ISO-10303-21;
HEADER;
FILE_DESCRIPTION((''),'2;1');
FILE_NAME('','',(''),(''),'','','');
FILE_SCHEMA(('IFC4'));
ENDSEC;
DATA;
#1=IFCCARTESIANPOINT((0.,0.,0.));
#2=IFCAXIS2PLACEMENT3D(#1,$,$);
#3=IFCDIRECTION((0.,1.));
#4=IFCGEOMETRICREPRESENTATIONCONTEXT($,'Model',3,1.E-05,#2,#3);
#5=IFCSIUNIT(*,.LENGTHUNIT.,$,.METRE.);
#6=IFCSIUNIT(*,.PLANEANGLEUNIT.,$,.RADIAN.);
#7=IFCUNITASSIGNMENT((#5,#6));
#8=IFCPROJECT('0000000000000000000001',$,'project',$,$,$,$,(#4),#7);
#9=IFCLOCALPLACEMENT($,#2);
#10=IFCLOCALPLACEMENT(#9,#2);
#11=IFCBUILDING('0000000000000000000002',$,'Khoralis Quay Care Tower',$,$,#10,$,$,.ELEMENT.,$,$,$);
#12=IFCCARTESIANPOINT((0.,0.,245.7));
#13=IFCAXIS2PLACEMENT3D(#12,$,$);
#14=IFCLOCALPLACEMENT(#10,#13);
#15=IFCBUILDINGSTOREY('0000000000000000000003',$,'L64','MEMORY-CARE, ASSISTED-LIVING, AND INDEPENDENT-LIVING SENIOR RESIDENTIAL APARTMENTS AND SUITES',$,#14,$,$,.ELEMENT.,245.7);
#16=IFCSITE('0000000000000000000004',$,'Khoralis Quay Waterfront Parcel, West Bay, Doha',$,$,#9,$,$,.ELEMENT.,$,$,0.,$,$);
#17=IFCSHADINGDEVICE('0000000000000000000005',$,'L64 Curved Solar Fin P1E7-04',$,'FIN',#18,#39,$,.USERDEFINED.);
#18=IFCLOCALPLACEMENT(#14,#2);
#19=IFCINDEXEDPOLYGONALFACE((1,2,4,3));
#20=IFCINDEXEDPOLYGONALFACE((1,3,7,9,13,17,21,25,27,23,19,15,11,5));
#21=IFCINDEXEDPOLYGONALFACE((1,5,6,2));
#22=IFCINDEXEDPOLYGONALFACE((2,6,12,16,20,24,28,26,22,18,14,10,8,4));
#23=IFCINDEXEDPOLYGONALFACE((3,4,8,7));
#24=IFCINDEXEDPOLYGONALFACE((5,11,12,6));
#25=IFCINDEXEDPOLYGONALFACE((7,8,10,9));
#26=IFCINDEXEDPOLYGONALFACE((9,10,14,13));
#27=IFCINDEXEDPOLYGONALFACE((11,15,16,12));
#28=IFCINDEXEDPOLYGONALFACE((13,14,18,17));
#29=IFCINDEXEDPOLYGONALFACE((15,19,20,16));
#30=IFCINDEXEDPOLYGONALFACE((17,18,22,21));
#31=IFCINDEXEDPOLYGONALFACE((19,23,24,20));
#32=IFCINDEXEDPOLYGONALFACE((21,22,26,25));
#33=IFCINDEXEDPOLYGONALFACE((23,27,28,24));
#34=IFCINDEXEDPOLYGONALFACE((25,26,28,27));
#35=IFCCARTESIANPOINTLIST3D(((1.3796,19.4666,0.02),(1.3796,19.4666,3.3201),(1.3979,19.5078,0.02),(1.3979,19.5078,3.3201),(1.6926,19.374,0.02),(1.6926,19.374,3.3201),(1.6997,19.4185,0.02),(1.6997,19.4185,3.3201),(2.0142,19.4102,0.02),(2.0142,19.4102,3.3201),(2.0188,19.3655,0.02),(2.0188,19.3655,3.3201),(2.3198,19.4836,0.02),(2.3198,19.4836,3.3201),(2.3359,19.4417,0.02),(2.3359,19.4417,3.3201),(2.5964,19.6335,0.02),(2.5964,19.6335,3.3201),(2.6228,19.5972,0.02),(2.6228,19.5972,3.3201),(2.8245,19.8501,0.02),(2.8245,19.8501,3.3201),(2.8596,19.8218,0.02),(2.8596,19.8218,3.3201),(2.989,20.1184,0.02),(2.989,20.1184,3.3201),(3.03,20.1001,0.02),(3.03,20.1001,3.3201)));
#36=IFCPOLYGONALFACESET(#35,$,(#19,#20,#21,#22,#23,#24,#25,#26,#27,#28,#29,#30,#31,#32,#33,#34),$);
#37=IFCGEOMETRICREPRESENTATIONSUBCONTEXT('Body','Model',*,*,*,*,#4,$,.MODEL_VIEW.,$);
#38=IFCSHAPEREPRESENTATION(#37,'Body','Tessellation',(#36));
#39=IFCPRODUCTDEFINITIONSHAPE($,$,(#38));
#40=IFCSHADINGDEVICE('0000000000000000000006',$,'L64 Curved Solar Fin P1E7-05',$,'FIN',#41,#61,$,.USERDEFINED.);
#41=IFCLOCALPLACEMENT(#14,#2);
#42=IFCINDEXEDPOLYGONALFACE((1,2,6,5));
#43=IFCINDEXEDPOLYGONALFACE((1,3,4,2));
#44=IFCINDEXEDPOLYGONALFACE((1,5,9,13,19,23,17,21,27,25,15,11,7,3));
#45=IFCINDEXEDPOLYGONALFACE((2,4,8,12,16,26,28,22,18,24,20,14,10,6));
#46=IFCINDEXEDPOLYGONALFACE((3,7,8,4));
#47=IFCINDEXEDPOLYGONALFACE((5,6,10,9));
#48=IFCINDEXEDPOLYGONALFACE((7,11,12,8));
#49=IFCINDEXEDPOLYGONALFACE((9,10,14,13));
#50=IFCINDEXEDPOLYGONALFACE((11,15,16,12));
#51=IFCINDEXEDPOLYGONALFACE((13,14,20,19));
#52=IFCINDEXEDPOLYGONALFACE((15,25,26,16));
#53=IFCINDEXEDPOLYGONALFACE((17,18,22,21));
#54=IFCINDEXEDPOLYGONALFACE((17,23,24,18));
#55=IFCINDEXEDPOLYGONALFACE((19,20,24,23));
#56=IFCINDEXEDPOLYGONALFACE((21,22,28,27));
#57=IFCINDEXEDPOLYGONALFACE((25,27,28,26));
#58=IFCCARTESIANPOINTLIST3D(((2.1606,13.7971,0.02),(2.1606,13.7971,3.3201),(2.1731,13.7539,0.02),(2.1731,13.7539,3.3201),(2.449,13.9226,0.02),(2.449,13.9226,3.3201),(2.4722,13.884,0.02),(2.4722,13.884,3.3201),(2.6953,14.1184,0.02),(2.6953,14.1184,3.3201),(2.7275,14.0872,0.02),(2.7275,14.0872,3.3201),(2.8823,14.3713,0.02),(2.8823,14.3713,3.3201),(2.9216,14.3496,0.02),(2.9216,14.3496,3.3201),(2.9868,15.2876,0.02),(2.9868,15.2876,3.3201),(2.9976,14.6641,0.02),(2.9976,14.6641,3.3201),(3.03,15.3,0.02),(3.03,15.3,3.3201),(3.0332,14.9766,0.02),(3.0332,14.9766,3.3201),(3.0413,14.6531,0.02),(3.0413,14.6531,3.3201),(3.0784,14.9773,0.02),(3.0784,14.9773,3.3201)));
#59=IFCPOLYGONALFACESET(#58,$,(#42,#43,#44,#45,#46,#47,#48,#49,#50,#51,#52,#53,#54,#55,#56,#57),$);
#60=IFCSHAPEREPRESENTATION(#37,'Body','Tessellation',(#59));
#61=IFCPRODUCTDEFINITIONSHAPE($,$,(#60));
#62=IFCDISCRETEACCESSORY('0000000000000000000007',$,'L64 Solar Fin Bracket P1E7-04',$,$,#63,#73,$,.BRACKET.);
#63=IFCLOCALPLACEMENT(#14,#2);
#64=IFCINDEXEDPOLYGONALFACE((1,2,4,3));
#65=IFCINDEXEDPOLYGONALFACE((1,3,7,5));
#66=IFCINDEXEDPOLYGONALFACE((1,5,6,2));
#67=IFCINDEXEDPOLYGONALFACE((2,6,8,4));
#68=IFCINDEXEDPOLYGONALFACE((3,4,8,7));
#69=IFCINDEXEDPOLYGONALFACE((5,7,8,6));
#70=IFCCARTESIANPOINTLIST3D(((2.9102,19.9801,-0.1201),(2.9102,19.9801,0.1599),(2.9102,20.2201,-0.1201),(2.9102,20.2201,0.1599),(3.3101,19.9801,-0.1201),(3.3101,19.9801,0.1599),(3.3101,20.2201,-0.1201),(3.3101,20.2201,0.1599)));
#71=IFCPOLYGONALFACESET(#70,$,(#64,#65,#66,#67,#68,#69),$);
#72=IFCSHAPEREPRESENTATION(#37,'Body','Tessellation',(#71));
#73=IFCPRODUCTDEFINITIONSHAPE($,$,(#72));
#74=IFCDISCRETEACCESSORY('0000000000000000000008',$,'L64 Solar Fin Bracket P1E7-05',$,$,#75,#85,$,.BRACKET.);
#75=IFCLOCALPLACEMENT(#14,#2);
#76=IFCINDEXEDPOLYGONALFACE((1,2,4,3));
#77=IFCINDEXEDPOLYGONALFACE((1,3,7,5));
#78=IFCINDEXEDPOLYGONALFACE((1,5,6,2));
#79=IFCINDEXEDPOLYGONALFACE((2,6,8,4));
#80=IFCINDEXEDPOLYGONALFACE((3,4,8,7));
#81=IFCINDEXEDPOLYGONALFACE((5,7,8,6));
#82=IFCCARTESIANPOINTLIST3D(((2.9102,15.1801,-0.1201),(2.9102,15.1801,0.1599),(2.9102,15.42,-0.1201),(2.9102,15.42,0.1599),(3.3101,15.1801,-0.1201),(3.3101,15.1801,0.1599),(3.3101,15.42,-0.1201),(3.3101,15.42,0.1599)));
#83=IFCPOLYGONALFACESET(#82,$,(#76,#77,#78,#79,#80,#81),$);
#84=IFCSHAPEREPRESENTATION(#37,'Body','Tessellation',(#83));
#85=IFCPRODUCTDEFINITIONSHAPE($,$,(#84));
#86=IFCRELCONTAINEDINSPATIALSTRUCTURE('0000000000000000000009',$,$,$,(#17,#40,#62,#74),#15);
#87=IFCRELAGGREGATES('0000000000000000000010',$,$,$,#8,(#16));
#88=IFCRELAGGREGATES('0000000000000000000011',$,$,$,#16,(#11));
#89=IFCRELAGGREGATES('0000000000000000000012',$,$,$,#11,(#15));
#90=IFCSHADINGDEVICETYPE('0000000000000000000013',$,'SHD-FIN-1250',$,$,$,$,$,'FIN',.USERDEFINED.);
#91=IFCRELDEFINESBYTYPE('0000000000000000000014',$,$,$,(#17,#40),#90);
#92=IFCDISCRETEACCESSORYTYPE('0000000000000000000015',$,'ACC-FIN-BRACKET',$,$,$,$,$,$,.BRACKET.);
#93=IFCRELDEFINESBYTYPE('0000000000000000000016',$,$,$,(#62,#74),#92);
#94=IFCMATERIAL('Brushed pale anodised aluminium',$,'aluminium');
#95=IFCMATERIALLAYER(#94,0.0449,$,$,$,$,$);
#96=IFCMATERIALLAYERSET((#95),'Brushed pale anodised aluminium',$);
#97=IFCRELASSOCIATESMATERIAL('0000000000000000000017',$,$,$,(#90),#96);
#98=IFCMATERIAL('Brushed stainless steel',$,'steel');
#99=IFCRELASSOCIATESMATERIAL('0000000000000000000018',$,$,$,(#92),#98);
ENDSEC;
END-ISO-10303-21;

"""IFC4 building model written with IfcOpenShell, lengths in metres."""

from ifc_helpers import new_model, si_unit, direction, frame, origin, origin_2d, place, context, subcontext, project, spatial, polyline, rectangle, outline, extrude, source, transform, mapped, material, layer, layer_set, type_object, element, save


model = new_model("IFC4")

# Units and contexts
model_context = context("Model", 3, precision=1e-05, world=origin(), true_north=direction((0.0, 1.0)))
body_context = subcontext(model_context, "Body", "Model", "MODEL_VIEW")
ifc_project = project(units=[si_unit("LENGTHUNIT", "METRE"), si_unit("PLANEANGLEUNIT", "RADIAN")], contexts=[model_context])

# Site, building, storey
site_placement = place(None, origin())
site = spatial("IfcSite", under=ifc_project, at=site_placement, Name="Khoralis Quay Waterfront Parcel, West Bay, Doha", CompositionType="ELEMENT", RefElevation=0.0)
building_placement = place(site_placement, origin())
building = spatial("IfcBuilding", under=site, at=building_placement, Name="Khoralis Quay Care Tower", CompositionType="ELEMENT")
storey_placement = place(building_placement, frame((0.0, 0.0, 245.7)))
storey = spatial("IfcBuildingStorey", under=building, at=storey_placement, Name="L64", Description="MEMORY-CARE, ASSISTED-LIVING, AND INDEPENDENT-LIVING SENIOR RESIDENTIAL APARTMENTS AND SUITES", CompositionType="ELEMENT", Elevation=245.7)

# Shading devices
ifc_material_1 = material(Name="Brushed pale anodised aluminium", Category="aluminium")
ifc_layer_1 = layer(ifc_material_1, 0.0449)
ifc_layer_set_1 = layer_set([ifc_layer_1], Name="Brushed pale anodised aluminium")
shading_device_type = type_object("IfcShadingDeviceType", Name="SHD-FIN-1250", ElementType="FIN", PredefinedType="USERDEFINED", material=ifc_layer_set_1)
shared_shape_1 = source(origin(), body_context, "Body", "SweptSolid", [
    extrude(outline(polyline([(0.0, 0.0), (0.1704, 0.2783), (0.4072, 0.5029), (0.6941, 0.6584), (1.0112, 0.7346), (1.3374, 0.7261), (1.6504, 0.6335), (1.6321, 0.5923), (1.3303, 0.6816), (1.0159, 0.6899), (0.7102, 0.6165), (0.4336, 0.4666), (0.2056, 0.25), (0.041, -0.0183), (0.0, 0.0)])), origin(), (0.0, 0.0, 1.0), 3.3),
])
shading_device_1_placement = place(storey_placement, frame((3.03, 20.1001, 0.02), z_axis=(0.0, 0.0, 1.0), x_axis=(-1.0, 0.0, 0.0)))
element("IfcShadingDevice", 1, at=shading_device_1_placement, inside=storey, type_object=shading_device_type, Name="L64 Curved Solar Fin P1E7-04", ObjectType="FIN", PredefinedType="USERDEFINED", context=body_context, shape_type="MappedRepresentation", body=[
    mapped(shared_shape_1, transform((0.0, 0.0, 0.0), scale=1.0)),
])
shared_shape_2 = source(origin(), body_context, "Body", "SweptSolid", [
    extrude(outline(polyline([(0.0, 0.0), (-0.0483, 0.3228), (-0.0112, 0.647), (0.1084, 0.9504), (0.3025, 1.2129), (0.5579, 1.416), (0.8569, 1.5461), (0.8694, 1.5029), (0.5811, 1.3774), (0.3347, 1.1816), (0.1477, 0.9287), (0.0325, 0.636), (-0.0032, 0.3235), (0.0432, 0.0125), (0.0, 0.0)])), origin(), (0.0, 0.0, 1.0), 3.3),
])
shading_device_2_placement = place(storey_placement, frame((3.03, 15.3, 0.02), z_axis=(0.0, 0.0, 1.0), x_axis=(-1.0, 0.0, 0.0)))
element("IfcShadingDevice", 2, at=shading_device_2_placement, inside=storey, type_object=shading_device_type, Name="L64 Curved Solar Fin P1E7-05", ObjectType="FIN", PredefinedType="USERDEFINED", context=body_context, shape_type="MappedRepresentation", body=[
    mapped(shared_shape_2, transform((0.0, 0.0, 0.0), scale=1.0)),
])

# Discrete accessories
ifc_material_2 = material(Name="Brushed stainless steel", Category="steel")
discrete_accessory_type = type_object("IfcDiscreteAccessoryType", Name="ACC-FIN-BRACKET", PredefinedType="BRACKET", material=ifc_material_2)
shared_shape_3 = source(origin(), body_context, "Body", "SweptSolid", [
    extrude(rectangle(XDim=0.3999, YDim=0.24, at=origin_2d()), origin(), (0.0, 0.0, 1.0), 0.28),
])
for number, where, z_axis, x_axis, name in (
    (3, (3.1101, 20.1001, -0.1201), (0.0, 0.0, 1.0), (-1.0, 0.0, 0.0), "L64 Solar Fin Bracket P1E7-04"),
    (4, (3.1101, 15.3, -0.1201), (0.0, 0.0, 1.0), (-1.0, 0.0, 0.0), "L64 Solar Fin Bracket P1E7-05"),
):
    element("IfcDiscreteAccessory", number, at=place(storey_placement, frame(where, z_axis=z_axis, x_axis=x_axis)), inside=storey, type_object=discrete_accessory_type, Name=name, PredefinedType="BRACKET", context=body_context, shape_type="MappedRepresentation", body=[
        mapped(shared_shape_3, transform((0.0, 0.0, 0.0), scale=1.0)),
    ])

save(model, "model.ifc")
